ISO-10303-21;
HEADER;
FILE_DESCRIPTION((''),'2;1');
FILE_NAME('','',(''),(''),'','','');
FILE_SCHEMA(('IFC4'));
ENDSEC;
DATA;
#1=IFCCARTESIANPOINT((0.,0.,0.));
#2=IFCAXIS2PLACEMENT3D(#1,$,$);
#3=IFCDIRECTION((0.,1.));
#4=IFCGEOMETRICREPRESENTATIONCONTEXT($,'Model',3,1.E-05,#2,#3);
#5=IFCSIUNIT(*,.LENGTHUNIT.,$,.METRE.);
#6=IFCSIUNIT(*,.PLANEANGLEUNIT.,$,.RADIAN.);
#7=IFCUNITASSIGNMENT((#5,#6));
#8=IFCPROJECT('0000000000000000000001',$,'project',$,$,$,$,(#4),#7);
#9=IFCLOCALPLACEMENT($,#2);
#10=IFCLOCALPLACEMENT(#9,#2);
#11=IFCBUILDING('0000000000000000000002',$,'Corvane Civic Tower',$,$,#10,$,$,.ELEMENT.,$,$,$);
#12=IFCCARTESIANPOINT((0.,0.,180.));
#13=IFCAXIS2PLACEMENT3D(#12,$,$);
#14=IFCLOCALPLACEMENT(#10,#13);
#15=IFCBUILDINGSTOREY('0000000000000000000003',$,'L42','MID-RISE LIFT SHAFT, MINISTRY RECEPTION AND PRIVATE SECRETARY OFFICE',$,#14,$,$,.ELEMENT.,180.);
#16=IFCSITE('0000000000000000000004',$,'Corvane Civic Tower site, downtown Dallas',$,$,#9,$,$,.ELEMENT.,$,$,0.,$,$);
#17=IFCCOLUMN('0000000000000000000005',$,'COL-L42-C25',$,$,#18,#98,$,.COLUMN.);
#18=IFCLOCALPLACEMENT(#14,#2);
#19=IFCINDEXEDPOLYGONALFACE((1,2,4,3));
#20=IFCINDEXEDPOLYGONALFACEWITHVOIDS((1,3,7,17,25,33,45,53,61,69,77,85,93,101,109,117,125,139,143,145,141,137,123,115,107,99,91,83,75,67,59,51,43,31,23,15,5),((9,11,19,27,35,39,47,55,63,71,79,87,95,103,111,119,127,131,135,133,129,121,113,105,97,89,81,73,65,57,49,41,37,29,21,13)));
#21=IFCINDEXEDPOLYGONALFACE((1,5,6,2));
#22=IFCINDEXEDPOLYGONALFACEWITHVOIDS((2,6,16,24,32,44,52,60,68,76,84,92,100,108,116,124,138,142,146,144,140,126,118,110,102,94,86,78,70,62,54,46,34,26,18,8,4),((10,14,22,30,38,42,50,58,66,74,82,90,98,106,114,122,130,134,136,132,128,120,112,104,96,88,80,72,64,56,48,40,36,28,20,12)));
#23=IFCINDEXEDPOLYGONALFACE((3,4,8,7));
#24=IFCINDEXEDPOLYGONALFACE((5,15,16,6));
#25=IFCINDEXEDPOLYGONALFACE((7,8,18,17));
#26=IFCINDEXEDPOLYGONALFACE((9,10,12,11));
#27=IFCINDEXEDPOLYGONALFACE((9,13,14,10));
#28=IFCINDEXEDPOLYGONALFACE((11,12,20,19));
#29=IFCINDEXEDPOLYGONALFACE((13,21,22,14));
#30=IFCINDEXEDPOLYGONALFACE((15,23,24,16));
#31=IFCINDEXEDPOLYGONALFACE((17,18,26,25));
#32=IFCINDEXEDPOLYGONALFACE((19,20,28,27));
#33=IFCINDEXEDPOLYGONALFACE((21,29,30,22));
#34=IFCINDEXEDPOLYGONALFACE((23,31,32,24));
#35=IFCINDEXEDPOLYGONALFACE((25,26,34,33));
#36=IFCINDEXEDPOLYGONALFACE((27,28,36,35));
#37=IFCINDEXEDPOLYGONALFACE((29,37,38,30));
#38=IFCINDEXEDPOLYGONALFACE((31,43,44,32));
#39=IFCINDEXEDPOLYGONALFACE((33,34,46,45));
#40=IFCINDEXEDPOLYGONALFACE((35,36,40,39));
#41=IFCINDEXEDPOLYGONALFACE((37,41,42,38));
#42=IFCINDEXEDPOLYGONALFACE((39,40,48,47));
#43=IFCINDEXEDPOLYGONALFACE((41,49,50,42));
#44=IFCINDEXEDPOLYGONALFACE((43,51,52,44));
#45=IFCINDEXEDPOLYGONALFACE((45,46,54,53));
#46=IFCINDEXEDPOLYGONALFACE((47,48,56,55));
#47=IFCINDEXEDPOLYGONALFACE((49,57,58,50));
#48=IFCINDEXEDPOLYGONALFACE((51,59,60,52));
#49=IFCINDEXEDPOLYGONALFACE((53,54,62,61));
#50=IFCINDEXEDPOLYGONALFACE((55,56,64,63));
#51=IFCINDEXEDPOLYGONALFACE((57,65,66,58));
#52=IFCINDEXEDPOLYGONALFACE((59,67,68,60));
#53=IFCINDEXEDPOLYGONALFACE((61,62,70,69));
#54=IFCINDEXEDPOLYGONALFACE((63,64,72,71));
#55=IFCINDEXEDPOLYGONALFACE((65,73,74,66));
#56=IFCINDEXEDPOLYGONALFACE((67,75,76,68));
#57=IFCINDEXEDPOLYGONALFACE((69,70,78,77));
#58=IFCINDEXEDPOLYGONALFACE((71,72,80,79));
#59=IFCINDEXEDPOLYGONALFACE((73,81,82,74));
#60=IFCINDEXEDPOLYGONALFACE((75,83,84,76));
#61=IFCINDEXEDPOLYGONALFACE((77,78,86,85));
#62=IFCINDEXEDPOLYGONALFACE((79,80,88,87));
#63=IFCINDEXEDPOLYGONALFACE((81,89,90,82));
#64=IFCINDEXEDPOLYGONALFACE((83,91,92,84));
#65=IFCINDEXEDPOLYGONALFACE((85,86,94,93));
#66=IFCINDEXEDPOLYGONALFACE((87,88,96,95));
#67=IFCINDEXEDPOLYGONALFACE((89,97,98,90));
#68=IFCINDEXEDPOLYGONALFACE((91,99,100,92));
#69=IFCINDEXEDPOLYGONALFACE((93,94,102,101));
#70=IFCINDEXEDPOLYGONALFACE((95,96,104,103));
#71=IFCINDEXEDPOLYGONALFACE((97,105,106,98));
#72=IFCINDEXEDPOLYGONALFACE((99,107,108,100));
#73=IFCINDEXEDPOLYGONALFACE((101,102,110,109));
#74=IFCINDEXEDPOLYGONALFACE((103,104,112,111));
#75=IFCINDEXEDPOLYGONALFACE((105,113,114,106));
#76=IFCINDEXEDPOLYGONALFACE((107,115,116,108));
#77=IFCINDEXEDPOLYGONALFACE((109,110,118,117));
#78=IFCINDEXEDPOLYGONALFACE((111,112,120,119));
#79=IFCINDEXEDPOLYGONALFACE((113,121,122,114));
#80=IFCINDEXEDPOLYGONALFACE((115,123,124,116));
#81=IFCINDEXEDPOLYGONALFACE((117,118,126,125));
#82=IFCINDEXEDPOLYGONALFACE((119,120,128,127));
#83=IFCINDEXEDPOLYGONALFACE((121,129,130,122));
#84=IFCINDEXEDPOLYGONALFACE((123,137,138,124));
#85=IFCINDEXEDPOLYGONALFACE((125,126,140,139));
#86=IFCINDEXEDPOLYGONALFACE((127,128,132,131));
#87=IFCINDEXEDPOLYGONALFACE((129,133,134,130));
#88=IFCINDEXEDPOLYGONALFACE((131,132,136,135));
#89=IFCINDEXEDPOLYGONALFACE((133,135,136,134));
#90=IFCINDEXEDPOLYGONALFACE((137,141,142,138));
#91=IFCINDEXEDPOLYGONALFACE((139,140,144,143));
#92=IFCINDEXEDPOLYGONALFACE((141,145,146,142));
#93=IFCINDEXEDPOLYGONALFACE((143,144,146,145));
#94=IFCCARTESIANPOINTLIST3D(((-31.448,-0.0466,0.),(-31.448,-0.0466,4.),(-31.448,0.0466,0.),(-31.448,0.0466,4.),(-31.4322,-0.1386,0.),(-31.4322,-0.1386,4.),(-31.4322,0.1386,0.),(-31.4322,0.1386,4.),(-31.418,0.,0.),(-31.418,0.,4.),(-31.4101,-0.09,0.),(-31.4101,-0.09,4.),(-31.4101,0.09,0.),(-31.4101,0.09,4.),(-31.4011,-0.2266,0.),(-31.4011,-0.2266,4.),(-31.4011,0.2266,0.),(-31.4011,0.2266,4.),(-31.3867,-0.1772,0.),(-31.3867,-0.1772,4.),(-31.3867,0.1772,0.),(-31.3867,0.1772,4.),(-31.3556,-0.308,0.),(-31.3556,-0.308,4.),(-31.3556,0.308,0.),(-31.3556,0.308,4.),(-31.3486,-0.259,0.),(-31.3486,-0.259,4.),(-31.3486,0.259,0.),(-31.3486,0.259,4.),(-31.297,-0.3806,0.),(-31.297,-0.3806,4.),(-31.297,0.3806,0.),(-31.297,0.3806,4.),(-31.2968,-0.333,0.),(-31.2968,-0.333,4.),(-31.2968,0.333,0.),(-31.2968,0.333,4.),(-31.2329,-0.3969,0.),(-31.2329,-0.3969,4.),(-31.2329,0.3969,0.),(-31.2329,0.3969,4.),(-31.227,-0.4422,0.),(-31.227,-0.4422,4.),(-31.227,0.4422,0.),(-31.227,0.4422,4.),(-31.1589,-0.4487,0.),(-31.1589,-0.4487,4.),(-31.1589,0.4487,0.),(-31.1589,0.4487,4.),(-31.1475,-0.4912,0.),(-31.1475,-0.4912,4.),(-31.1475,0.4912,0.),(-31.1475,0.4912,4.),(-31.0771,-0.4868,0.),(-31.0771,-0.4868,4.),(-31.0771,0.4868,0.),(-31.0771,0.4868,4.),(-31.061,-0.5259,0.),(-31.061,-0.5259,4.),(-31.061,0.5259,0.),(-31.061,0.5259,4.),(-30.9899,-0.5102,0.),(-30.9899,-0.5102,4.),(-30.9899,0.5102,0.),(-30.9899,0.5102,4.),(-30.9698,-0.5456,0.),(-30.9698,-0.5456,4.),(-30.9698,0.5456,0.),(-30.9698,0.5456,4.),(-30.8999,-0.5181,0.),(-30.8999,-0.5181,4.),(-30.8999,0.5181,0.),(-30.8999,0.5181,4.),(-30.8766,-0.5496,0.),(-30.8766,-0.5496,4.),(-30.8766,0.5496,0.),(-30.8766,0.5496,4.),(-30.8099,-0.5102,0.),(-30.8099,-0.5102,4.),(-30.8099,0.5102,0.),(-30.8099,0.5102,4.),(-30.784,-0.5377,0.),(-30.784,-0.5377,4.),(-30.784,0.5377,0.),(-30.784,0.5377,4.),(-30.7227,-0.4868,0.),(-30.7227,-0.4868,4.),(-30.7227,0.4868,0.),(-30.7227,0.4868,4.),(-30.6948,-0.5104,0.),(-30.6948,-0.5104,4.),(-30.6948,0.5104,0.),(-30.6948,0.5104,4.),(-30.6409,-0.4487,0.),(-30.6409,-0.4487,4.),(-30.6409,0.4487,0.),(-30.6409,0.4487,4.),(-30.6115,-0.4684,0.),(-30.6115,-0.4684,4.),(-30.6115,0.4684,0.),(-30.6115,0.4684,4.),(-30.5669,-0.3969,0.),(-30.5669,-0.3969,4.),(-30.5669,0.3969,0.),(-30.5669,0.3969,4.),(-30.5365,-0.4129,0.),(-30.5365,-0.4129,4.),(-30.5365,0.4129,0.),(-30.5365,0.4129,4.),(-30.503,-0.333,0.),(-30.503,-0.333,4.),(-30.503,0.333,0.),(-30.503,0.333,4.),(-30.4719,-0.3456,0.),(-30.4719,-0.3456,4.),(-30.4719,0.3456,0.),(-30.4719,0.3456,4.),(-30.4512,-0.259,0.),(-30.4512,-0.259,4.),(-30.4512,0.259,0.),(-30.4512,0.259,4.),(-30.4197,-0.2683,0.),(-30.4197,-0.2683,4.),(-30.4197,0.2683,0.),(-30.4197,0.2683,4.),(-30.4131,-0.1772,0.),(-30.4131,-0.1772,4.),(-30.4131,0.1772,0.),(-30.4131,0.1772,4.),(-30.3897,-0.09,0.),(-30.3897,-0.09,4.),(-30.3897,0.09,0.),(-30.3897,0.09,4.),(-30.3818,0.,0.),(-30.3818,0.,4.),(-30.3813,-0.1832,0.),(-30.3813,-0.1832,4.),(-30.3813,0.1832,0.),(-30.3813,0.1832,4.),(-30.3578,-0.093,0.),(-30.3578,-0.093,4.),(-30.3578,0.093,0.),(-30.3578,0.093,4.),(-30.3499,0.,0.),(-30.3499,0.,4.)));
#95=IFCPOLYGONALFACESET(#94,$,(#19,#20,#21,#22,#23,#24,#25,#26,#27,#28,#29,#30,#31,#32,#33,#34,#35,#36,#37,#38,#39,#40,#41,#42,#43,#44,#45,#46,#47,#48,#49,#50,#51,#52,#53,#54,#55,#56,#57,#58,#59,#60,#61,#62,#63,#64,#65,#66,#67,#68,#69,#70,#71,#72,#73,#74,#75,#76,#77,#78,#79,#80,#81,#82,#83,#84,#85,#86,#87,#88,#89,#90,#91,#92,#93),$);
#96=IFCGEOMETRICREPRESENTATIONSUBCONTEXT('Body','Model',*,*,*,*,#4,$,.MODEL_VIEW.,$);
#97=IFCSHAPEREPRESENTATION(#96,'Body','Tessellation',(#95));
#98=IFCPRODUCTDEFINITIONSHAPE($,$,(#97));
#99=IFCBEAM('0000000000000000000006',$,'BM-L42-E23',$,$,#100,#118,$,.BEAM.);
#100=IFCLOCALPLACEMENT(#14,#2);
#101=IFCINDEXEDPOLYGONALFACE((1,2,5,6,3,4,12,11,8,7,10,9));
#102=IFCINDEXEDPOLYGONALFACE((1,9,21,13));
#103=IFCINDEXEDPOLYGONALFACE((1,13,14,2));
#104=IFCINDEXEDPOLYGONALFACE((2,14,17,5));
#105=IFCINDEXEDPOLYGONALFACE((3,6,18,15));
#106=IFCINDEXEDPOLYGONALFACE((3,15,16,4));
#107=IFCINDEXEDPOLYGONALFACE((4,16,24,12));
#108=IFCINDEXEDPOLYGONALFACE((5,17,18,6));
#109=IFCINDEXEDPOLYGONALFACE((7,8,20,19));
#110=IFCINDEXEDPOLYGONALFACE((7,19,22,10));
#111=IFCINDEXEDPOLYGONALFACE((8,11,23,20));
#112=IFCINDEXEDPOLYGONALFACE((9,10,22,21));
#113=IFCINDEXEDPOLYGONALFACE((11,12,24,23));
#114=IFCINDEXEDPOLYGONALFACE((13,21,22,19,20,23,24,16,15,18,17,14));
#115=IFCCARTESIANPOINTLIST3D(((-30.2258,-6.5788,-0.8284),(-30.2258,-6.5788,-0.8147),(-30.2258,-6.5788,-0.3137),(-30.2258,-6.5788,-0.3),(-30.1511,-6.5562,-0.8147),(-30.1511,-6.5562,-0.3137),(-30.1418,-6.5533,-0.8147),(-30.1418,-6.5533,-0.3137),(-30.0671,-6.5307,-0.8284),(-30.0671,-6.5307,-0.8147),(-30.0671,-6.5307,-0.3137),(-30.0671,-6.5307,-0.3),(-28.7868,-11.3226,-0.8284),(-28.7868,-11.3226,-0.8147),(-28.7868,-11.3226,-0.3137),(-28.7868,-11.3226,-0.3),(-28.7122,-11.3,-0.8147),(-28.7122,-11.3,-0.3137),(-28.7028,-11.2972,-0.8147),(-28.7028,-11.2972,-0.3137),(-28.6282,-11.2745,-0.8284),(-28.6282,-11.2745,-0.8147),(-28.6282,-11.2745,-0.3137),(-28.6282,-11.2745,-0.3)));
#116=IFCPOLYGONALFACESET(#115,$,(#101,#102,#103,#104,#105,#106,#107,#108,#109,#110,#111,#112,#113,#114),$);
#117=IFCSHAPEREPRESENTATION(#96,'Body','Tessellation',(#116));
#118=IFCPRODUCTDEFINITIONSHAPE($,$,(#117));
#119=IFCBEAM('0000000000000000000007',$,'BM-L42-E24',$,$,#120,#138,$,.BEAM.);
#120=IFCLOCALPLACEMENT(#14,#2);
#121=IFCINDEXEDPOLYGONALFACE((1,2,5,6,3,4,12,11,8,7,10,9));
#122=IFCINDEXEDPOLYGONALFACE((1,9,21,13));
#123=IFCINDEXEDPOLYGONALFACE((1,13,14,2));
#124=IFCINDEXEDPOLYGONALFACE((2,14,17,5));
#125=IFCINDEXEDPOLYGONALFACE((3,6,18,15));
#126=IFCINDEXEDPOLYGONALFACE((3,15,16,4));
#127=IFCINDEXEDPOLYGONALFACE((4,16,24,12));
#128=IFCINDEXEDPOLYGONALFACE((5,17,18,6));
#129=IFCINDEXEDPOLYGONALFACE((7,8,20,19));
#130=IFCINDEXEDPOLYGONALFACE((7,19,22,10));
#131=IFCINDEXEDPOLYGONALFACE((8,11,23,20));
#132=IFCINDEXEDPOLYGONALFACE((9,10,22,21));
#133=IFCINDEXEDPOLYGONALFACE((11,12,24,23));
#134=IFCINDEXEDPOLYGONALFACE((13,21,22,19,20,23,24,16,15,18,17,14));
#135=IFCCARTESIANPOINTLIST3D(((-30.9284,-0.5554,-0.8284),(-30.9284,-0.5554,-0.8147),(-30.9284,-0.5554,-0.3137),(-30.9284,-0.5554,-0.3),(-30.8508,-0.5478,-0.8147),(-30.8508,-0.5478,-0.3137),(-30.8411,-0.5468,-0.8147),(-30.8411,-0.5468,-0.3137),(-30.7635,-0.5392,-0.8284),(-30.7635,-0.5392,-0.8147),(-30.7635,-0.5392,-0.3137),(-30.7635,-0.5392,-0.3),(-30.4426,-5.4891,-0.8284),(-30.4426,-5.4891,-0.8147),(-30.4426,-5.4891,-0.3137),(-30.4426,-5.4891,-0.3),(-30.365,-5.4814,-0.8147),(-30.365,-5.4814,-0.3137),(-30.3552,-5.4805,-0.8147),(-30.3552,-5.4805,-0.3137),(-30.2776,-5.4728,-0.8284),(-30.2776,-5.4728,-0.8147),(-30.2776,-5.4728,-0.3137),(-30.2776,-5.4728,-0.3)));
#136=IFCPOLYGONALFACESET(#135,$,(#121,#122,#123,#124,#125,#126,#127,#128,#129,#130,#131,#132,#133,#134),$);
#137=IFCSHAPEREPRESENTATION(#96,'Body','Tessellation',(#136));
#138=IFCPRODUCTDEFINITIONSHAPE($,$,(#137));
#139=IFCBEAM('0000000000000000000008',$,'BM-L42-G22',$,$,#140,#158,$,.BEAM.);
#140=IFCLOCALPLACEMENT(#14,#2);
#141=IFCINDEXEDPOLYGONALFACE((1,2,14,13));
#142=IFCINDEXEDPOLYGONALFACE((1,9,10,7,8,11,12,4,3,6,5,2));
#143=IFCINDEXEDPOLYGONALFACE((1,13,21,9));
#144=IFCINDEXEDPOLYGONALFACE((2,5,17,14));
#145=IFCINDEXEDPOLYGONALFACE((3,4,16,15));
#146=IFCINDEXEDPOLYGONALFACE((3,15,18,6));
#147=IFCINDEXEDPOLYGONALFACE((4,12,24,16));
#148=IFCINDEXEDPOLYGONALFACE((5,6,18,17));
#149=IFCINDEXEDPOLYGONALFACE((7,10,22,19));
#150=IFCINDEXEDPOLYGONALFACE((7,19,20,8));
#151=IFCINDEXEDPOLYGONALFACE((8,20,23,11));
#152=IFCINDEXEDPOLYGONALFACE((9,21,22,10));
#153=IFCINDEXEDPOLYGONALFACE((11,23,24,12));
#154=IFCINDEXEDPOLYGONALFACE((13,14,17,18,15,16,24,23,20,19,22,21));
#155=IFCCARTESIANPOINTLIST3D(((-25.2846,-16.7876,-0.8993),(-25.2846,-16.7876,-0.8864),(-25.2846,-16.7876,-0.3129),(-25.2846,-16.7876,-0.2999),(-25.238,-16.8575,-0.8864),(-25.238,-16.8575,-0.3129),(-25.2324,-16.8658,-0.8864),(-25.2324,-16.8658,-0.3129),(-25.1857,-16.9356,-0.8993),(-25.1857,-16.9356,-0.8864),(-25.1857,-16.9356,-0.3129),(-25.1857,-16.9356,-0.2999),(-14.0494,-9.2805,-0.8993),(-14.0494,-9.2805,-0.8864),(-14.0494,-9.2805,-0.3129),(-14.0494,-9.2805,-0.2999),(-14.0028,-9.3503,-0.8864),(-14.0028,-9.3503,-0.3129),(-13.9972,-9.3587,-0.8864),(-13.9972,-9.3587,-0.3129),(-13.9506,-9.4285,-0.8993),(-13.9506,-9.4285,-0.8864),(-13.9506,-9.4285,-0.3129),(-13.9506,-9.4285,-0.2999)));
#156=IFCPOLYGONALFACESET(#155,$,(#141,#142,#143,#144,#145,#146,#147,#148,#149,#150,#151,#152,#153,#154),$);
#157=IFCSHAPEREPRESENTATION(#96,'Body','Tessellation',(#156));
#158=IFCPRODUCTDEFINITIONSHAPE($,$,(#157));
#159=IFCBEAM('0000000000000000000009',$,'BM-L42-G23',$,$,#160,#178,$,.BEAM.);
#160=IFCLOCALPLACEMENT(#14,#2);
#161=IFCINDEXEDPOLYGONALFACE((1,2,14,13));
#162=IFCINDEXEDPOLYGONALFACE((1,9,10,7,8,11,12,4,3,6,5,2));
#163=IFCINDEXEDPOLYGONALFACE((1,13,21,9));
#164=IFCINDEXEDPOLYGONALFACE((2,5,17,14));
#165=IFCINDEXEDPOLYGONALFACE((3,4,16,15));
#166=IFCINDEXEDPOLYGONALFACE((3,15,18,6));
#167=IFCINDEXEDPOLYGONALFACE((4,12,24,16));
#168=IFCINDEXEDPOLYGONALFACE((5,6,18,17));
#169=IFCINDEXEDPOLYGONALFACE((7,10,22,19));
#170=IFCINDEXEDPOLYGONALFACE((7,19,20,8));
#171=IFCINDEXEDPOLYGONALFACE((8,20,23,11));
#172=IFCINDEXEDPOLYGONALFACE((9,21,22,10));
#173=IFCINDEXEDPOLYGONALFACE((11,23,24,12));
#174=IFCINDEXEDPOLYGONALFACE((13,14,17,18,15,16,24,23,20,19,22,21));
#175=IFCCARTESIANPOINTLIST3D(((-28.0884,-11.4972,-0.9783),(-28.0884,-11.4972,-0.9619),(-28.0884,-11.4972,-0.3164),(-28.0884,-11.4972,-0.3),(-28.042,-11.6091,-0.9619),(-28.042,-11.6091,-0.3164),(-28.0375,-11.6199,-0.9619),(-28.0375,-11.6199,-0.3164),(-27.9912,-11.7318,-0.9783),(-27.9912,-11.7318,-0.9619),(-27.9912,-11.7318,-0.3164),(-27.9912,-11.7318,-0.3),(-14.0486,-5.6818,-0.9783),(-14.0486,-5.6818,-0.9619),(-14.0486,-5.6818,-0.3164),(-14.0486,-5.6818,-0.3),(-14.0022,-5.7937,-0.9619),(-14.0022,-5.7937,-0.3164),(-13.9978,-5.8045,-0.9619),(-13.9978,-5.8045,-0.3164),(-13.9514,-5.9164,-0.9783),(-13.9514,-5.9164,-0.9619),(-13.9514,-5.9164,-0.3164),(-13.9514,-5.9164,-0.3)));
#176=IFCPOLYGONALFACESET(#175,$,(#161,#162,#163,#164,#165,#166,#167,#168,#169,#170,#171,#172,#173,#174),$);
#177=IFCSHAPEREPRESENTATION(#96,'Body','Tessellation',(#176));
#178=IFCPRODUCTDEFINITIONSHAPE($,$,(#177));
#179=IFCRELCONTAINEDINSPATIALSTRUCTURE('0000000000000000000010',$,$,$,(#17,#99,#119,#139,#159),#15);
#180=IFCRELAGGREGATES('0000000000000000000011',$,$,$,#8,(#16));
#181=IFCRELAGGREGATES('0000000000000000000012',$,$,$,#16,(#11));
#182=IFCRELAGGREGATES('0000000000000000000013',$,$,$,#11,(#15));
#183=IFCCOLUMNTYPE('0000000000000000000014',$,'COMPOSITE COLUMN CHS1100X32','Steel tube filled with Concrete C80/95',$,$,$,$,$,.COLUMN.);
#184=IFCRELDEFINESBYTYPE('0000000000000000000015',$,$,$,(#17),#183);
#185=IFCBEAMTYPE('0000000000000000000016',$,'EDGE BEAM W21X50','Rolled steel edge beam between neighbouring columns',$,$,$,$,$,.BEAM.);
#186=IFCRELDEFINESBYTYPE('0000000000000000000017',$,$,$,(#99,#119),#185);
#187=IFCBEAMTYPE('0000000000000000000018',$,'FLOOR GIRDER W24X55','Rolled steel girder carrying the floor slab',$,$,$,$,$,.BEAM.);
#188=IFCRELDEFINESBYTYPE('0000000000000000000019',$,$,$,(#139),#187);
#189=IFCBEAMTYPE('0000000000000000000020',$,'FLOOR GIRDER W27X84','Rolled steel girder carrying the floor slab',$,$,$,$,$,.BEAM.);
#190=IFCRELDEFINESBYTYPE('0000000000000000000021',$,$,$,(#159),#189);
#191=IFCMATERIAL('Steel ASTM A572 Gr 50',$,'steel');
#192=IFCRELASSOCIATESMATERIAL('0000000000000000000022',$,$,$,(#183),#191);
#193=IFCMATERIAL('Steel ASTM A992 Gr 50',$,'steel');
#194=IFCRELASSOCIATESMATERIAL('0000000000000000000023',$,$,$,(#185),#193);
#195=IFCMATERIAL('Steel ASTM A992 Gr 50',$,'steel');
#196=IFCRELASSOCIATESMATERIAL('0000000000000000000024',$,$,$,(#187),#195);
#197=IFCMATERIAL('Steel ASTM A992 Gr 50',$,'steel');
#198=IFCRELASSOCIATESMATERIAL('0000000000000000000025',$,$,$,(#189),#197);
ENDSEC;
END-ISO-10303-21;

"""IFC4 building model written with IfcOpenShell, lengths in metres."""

from ifc_helpers import new_model, si_unit, direction, frame, origin, origin_2d, place, context, subcontext, project, spatial, hollow_circle, i_section, extrude, material, material_profile, profile_set, type_object, element, save


model = new_model("IFC4")

# Units and contexts
model_context = context("Model", 3, precision=1e-05, world=origin(), true_north=direction((0.0, 1.0)))
body_context = subcontext(model_context, "Body", "Model", "MODEL_VIEW")
ifc_project = project(units=[si_unit("LENGTHUNIT", "METRE"), si_unit("PLANEANGLEUNIT", "RADIAN")], contexts=[model_context])

# Site, building, storey
site_placement = place(None, origin())
site = spatial("IfcSite", under=ifc_project, at=site_placement, Name="Corvane Civic Tower site, downtown Dallas", CompositionType="ELEMENT", RefElevation=0.0)
building_placement = place(site_placement, origin())
building = spatial("IfcBuilding", under=site, at=building_placement, Name="Corvane Civic Tower", CompositionType="ELEMENT")
storey_placement = place(building_placement, frame((0.0, 0.0, 180.0)))
storey = spatial("IfcBuildingStorey", under=building, at=storey_placement, Name="L42", Description="MID-RISE LIFT SHAFT, MINISTRY RECEPTION AND PRIVATE SECRETARY OFFICE", CompositionType="ELEMENT", Elevation=180.0)

# Column
ifc_material_1 = material(Name="Steel ASTM A572 Gr 50", Category="steel")
ifc_material_profile_1 = material_profile(ifc_material_1, hollow_circle(Radius=0.55, WallThickness=0.032, at=origin_2d()), Name="CHS1100X32")
ifc_profile_set_1 = profile_set([ifc_material_profile_1], Name="Steel ASTM A572 Gr 50")
column_type = type_object("IfcColumnType", Name="COMPOSITE COLUMN CHS1100X32", Description="Steel tube filled with Concrete C80/95", PredefinedType="COLUMN", material=ifc_profile_set_1)
for number, where, z_axis, x_axis, name in (
    (1, (-30.8999, 0.0, 0.0), (0.0, 0.0, 1.0), (1.0, 0.0, 0.0), "COL-L42-C25"),
):
    element("IfcColumn", number, at=place(storey_placement, frame(where, z_axis=z_axis, x_axis=x_axis)), inside=storey, type_object=column_type, Name=name, PredefinedType="COLUMN", context=body_context, shape_type="SweptSolid", body=[
        extrude(hollow_circle(Radius=0.55, WallThickness=0.032, at=origin_2d()), origin(), (0.0, 0.0, 1.0), 4.0),
    ])

# Beams
ifc_material_2 = material(Name="Steel ASTM A992 Gr 50", Category="steel")
ifc_material_profile_2 = material_profile(ifc_material_2, i_section(OverallWidth=0.1658, OverallDepth=0.5283, WebThickness=0.0098, FlangeThickness=0.0137, at=origin_2d()), Name="W21X50")
ifc_profile_set_2 = profile_set([ifc_material_profile_2], Name="Steel ASTM A992 Gr 50")
beam_type_1 = type_object("IfcBeamType", Name="EDGE BEAM W21X50", Description="Rolled steel edge beam between neighbouring columns", PredefinedType="BEAM", material=ifc_profile_set_2)
beam_1_placement = place(storey_placement, frame((-28.7075, -11.2986, -0.5642), z_axis=(-0.29027, 0.956945, 0.0), x_axis=(-0.956945, -0.29027, 0.0)))
element("IfcBeam", 2, at=beam_1_placement, inside=storey, type_object=beam_type_1, Name="BM-L42-E23", PredefinedType="BEAM", context=body_context, shape_type="SweptSolid", body=[
    extrude(i_section(OverallWidth=0.1658, OverallDepth=0.5283, WebThickness=0.0098, FlangeThickness=0.0137, at=origin_2d()), origin(), (0.0, 0.0, 1.0), 4.9573),
])
beam_2_placement = place(storey_placement, frame((-30.3601, -5.481, -0.5642), z_axis=(-0.098002, 0.995186, 0.0), x_axis=(-0.995186, -0.098002, 0.0)))
element("IfcBeam", 3, at=beam_2_placement, inside=storey, type_object=beam_type_1, Name="BM-L42-E24", PredefinedType="BEAM", context=body_context, shape_type="SweptSolid", body=[
    extrude(i_section(OverallWidth=0.1658, OverallDepth=0.5283, WebThickness=0.0098, FlangeThickness=0.0137, at=origin_2d()), origin(), (0.0, 0.0, 1.0), 4.9575),
])
ifc_material_3 = material(Name="Steel ASTM A992 Gr 50", Category="steel")
ifc_material_profile_3 = material_profile(ifc_material_3, i_section(OverallWidth=0.178, OverallDepth=0.5994, WebThickness=0.01, FlangeThickness=0.0129, at=origin_2d()), Name="W24X55")
ifc_profile_set_3 = profile_set([ifc_material_profile_3], Name="Steel ASTM A992 Gr 50")
beam_type_2 = type_object("IfcBeamType", Name="FLOOR GIRDER W24X55", Description="Rolled steel girder carrying the floor slab", PredefinedType="BEAM", material=ifc_profile_set_3)
beam_3_placement = place(storey_placement, frame((-14.0, -9.3545, -0.5996), z_axis=(-0.831469, -0.555571, 0.0), x_axis=(0.555571, -0.831469, 0.0)))
element("IfcBeam", 4, at=beam_3_placement, inside=storey, type_object=beam_type_2, Name="BM-L42-G22", PredefinedType="BEAM", context=body_context, shape_type="SweptSolid", body=[
    extrude(i_section(OverallWidth=0.178, OverallDepth=0.5994, WebThickness=0.01, FlangeThickness=0.0129, at=origin_2d()), origin(), (0.0, 0.0, 1.0), 13.5125),
])
ifc_material_4 = material(Name="Steel ASTM A992 Gr 50", Category="steel")
ifc_material_profile_4 = material_profile(ifc_material_4, i_section(OverallWidth=0.2539, OverallDepth=0.6782, WebThickness=0.0117, FlangeThickness=0.0164, at=origin_2d()), Name="W27X84")
ifc_profile_set_4 = profile_set([ifc_material_profile_4], Name="Steel ASTM A992 Gr 50")
beam_type_3 = type_object("IfcBeamType", Name="FLOOR GIRDER W27X84", Description="Rolled steel girder carrying the floor slab", PredefinedType="BEAM", material=ifc_profile_set_4)
beam_4_placement = place(storey_placement, frame((-14.0, -5.7991, -0.6392), z_axis=(-0.923881, -0.382681, 0.0), x_axis=(0.382681, -0.923881, 0.0)))
element("IfcBeam", 5, at=beam_4_placement, inside=storey, type_object=beam_type_3, Name="BM-L42-G23", PredefinedType="BEAM", context=body_context, shape_type="SweptSolid", body=[
    extrude(i_section(OverallWidth=0.2539, OverallDepth=0.6782, WebThickness=0.0117, FlangeThickness=0.0164, at=origin_2d()), origin(), (0.0, 0.0, 1.0), 15.1965),
])

save(model, "model.ifc")
